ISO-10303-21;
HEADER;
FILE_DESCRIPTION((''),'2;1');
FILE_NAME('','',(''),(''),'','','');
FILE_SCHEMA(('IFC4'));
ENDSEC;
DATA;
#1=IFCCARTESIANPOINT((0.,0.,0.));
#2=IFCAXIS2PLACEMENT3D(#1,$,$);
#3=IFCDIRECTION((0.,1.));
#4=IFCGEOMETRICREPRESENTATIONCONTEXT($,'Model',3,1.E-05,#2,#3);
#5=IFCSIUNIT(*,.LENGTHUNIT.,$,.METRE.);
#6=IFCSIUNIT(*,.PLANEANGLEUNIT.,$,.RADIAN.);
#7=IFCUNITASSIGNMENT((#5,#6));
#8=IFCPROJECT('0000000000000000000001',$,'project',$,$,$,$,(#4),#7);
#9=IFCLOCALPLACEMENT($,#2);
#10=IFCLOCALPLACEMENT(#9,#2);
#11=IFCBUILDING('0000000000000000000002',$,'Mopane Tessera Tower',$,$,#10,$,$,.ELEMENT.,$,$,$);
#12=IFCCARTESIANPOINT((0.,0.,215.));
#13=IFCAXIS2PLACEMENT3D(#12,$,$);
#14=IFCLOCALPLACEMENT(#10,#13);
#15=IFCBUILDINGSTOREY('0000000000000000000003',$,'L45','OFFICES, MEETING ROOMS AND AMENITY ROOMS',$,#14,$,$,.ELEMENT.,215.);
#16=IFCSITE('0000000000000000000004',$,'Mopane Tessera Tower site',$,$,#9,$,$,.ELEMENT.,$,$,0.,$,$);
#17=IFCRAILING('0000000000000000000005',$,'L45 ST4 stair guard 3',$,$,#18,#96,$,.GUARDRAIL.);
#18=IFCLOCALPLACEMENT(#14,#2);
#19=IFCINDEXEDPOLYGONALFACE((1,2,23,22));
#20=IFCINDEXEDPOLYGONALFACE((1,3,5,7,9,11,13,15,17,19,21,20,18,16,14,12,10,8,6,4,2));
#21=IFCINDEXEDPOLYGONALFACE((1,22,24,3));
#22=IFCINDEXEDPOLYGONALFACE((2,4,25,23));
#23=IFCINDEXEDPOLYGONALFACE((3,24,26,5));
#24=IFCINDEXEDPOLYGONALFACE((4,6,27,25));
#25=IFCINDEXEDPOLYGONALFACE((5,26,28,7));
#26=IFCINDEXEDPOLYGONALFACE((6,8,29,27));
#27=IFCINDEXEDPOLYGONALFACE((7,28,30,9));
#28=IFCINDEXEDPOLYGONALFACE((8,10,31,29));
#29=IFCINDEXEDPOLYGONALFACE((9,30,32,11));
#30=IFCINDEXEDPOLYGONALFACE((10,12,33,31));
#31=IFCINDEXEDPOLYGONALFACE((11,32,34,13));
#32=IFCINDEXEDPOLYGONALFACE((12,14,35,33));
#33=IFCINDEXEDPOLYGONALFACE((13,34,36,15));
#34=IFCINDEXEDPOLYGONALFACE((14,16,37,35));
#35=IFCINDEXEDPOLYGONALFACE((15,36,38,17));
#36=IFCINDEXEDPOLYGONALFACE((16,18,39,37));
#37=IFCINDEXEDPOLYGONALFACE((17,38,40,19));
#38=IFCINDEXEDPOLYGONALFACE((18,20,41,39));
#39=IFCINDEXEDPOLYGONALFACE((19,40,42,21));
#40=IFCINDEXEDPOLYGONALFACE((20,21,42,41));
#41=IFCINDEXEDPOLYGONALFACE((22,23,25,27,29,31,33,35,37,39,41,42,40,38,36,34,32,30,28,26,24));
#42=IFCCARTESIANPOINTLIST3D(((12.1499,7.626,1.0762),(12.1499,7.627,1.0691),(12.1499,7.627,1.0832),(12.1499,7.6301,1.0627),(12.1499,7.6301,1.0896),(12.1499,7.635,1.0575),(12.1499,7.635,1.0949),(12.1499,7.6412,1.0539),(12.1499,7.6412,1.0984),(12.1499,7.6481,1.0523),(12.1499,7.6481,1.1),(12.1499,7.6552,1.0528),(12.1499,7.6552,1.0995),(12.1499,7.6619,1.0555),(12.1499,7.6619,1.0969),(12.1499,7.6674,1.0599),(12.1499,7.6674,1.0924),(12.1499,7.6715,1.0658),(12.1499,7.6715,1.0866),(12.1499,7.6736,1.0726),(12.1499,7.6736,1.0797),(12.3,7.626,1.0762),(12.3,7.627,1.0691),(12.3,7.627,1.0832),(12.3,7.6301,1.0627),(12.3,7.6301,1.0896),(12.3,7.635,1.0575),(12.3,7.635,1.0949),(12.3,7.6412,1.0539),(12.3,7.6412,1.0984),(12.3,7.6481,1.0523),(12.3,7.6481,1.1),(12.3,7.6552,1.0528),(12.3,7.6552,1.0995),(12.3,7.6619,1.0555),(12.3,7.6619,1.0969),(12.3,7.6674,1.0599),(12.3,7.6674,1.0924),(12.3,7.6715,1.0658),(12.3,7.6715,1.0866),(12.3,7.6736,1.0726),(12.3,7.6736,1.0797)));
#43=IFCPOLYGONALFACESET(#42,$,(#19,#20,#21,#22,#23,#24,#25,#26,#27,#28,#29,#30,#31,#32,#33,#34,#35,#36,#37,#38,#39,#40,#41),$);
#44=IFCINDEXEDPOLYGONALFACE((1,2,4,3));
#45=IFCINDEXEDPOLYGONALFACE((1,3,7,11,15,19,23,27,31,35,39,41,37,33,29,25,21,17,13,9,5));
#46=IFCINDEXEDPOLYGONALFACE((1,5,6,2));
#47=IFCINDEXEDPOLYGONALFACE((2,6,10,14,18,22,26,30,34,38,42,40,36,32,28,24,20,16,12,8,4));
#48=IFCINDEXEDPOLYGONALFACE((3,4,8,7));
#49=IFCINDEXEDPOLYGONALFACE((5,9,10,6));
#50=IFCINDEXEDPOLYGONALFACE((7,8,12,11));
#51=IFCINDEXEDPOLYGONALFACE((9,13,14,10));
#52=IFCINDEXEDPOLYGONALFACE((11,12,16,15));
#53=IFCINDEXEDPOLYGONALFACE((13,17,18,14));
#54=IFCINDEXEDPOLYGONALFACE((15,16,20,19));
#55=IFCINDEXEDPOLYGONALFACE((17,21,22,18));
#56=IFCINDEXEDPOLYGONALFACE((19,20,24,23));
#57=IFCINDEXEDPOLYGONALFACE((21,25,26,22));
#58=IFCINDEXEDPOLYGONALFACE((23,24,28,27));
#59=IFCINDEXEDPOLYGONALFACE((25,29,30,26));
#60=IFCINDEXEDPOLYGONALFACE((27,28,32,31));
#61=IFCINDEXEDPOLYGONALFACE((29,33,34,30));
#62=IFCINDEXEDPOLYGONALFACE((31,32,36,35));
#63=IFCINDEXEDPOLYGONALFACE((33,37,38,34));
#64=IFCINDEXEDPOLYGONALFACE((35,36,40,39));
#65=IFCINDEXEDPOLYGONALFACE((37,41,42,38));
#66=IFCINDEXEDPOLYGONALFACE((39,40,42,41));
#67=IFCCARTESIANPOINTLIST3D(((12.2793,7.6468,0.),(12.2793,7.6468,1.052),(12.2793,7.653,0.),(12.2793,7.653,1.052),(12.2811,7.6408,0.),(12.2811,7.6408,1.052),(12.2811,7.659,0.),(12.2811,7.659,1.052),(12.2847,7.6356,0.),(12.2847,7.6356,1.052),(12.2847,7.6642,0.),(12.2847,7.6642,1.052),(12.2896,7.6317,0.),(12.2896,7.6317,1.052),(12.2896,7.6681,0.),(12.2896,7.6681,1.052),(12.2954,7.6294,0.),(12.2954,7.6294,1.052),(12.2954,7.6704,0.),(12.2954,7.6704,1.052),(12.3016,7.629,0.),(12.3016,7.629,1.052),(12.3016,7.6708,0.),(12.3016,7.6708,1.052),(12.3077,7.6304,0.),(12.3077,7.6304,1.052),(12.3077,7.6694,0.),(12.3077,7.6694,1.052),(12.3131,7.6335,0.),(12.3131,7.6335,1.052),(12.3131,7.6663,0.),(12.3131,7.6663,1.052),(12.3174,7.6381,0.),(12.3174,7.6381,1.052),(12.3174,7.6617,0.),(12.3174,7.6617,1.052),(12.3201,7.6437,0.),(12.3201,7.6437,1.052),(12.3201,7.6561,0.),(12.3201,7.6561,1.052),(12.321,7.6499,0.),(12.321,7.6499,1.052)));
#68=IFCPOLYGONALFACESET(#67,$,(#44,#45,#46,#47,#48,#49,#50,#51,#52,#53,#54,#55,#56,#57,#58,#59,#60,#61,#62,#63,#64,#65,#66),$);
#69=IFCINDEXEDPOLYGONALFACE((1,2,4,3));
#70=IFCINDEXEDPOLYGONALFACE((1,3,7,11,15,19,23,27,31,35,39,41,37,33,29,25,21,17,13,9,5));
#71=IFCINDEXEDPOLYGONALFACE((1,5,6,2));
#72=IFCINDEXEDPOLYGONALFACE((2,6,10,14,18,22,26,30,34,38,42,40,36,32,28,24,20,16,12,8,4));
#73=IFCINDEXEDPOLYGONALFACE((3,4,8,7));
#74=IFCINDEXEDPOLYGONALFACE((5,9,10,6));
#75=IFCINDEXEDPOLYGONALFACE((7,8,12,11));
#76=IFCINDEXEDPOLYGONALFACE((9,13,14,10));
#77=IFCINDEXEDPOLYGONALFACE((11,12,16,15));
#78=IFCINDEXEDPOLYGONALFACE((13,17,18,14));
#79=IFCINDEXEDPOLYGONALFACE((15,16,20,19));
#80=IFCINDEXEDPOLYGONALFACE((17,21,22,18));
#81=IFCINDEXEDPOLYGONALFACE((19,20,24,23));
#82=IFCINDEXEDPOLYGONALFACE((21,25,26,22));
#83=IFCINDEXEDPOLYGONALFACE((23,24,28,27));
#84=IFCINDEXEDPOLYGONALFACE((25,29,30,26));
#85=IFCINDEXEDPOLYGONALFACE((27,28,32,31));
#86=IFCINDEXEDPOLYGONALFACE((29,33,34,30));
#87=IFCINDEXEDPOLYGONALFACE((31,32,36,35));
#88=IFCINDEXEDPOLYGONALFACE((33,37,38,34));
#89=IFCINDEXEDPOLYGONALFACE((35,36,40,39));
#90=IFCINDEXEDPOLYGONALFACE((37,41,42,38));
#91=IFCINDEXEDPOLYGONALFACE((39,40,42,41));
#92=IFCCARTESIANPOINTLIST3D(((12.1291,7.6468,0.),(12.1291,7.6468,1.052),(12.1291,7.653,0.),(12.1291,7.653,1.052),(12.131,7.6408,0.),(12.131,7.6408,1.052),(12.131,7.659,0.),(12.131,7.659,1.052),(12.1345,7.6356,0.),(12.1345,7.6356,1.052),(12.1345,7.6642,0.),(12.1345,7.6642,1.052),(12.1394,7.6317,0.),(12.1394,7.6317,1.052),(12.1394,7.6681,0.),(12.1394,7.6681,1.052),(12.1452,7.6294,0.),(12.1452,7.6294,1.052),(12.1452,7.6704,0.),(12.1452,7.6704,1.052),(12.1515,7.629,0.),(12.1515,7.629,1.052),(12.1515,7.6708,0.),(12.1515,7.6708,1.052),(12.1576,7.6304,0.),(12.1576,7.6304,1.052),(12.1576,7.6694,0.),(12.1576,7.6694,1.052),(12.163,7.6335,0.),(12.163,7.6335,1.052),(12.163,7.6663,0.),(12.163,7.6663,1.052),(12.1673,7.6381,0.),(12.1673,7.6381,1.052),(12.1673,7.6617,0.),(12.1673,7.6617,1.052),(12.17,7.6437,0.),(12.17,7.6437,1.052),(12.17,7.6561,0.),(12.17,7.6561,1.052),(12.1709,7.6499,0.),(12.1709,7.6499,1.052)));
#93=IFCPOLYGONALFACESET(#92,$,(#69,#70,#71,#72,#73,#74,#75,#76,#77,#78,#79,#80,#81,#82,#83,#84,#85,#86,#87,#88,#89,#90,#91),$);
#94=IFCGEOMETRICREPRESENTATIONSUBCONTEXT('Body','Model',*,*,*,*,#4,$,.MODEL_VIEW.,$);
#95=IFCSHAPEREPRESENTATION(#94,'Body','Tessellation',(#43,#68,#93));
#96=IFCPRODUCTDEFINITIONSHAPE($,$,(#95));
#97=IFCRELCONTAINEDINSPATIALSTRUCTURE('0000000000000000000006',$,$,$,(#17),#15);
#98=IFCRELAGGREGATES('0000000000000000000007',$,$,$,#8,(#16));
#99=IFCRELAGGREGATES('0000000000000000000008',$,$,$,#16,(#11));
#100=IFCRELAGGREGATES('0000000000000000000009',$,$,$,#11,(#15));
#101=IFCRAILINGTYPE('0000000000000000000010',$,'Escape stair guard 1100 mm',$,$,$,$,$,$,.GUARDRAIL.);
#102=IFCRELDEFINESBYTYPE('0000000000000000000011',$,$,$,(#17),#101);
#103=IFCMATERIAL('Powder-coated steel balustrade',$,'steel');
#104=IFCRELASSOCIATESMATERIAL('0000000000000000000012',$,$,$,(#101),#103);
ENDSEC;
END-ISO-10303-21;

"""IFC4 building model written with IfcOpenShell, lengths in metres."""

from ifc_helpers import new_model, si_unit, direction, frame, origin, origin_2d, place, context, subcontext, project, spatial, circle, extrude, material, type_object, element, save


model = new_model("IFC4")

# Units and contexts
model_context = context("Model", 3, precision=1e-05, world=origin(), true_north=direction((0.0, 1.0)))
body_context = subcontext(model_context, "Body", "Model", "MODEL_VIEW")
ifc_project = project(units=[si_unit("LENGTHUNIT", "METRE"), si_unit("PLANEANGLEUNIT", "RADIAN")], contexts=[model_context])

# Site, building, storey
site_placement = place(None, origin())
site = spatial("IfcSite", under=ifc_project, at=site_placement, Name="Mopane Tessera Tower site", CompositionType="ELEMENT", RefElevation=0.0)
building_placement = place(site_placement, origin())
building = spatial("IfcBuilding", under=site, at=building_placement, Name="Mopane Tessera Tower", CompositionType="ELEMENT")
storey_placement = place(building_placement, frame((0.0, 0.0, 215.0)))
storey = spatial("IfcBuildingStorey", under=building, at=storey_placement, Name="L45", Description="OFFICES, MEETING ROOMS AND AMENITY ROOMS", CompositionType="ELEMENT", Elevation=215.0)

# Railing
ifc_material_1 = material(Name="Powder-coated steel balustrade", Category="steel")
railing_type_1 = type_object("IfcRailingType", Name="Escape stair guard 1100 mm", PredefinedType="GUARDRAIL", material=ifc_material_1)
railing_1_placement = place(storey_placement, frame((12.3, 7.6499, 0.0)))
element("IfcRailing", 1, at=railing_1_placement, inside=storey, type_object=railing_type_1, Name="L45 ST4 stair guard 3", PredefinedType="GUARDRAIL", context=body_context, shape_type="SweptSolid", body=[
    extrude(circle(Radius=0.0239, at=origin_2d()), frame((0.0, 0.0, 1.0762), z_axis=(-1.0, 0.0, 0.0), x_axis=(0.0, -1.0, 0.0)), (0.0, 0.0, 1.0), 0.1501),
    extrude(circle(Radius=0.021, at=origin_2d()), origin(), (0.0, 0.0, 1.0), 1.052),
    extrude(circle(Radius=0.021, at=origin_2d()), frame((-0.1501, 0.0, 0.0)), (0.0, 0.0, 1.0), 1.052),
])

save(model, "model.ifc")
